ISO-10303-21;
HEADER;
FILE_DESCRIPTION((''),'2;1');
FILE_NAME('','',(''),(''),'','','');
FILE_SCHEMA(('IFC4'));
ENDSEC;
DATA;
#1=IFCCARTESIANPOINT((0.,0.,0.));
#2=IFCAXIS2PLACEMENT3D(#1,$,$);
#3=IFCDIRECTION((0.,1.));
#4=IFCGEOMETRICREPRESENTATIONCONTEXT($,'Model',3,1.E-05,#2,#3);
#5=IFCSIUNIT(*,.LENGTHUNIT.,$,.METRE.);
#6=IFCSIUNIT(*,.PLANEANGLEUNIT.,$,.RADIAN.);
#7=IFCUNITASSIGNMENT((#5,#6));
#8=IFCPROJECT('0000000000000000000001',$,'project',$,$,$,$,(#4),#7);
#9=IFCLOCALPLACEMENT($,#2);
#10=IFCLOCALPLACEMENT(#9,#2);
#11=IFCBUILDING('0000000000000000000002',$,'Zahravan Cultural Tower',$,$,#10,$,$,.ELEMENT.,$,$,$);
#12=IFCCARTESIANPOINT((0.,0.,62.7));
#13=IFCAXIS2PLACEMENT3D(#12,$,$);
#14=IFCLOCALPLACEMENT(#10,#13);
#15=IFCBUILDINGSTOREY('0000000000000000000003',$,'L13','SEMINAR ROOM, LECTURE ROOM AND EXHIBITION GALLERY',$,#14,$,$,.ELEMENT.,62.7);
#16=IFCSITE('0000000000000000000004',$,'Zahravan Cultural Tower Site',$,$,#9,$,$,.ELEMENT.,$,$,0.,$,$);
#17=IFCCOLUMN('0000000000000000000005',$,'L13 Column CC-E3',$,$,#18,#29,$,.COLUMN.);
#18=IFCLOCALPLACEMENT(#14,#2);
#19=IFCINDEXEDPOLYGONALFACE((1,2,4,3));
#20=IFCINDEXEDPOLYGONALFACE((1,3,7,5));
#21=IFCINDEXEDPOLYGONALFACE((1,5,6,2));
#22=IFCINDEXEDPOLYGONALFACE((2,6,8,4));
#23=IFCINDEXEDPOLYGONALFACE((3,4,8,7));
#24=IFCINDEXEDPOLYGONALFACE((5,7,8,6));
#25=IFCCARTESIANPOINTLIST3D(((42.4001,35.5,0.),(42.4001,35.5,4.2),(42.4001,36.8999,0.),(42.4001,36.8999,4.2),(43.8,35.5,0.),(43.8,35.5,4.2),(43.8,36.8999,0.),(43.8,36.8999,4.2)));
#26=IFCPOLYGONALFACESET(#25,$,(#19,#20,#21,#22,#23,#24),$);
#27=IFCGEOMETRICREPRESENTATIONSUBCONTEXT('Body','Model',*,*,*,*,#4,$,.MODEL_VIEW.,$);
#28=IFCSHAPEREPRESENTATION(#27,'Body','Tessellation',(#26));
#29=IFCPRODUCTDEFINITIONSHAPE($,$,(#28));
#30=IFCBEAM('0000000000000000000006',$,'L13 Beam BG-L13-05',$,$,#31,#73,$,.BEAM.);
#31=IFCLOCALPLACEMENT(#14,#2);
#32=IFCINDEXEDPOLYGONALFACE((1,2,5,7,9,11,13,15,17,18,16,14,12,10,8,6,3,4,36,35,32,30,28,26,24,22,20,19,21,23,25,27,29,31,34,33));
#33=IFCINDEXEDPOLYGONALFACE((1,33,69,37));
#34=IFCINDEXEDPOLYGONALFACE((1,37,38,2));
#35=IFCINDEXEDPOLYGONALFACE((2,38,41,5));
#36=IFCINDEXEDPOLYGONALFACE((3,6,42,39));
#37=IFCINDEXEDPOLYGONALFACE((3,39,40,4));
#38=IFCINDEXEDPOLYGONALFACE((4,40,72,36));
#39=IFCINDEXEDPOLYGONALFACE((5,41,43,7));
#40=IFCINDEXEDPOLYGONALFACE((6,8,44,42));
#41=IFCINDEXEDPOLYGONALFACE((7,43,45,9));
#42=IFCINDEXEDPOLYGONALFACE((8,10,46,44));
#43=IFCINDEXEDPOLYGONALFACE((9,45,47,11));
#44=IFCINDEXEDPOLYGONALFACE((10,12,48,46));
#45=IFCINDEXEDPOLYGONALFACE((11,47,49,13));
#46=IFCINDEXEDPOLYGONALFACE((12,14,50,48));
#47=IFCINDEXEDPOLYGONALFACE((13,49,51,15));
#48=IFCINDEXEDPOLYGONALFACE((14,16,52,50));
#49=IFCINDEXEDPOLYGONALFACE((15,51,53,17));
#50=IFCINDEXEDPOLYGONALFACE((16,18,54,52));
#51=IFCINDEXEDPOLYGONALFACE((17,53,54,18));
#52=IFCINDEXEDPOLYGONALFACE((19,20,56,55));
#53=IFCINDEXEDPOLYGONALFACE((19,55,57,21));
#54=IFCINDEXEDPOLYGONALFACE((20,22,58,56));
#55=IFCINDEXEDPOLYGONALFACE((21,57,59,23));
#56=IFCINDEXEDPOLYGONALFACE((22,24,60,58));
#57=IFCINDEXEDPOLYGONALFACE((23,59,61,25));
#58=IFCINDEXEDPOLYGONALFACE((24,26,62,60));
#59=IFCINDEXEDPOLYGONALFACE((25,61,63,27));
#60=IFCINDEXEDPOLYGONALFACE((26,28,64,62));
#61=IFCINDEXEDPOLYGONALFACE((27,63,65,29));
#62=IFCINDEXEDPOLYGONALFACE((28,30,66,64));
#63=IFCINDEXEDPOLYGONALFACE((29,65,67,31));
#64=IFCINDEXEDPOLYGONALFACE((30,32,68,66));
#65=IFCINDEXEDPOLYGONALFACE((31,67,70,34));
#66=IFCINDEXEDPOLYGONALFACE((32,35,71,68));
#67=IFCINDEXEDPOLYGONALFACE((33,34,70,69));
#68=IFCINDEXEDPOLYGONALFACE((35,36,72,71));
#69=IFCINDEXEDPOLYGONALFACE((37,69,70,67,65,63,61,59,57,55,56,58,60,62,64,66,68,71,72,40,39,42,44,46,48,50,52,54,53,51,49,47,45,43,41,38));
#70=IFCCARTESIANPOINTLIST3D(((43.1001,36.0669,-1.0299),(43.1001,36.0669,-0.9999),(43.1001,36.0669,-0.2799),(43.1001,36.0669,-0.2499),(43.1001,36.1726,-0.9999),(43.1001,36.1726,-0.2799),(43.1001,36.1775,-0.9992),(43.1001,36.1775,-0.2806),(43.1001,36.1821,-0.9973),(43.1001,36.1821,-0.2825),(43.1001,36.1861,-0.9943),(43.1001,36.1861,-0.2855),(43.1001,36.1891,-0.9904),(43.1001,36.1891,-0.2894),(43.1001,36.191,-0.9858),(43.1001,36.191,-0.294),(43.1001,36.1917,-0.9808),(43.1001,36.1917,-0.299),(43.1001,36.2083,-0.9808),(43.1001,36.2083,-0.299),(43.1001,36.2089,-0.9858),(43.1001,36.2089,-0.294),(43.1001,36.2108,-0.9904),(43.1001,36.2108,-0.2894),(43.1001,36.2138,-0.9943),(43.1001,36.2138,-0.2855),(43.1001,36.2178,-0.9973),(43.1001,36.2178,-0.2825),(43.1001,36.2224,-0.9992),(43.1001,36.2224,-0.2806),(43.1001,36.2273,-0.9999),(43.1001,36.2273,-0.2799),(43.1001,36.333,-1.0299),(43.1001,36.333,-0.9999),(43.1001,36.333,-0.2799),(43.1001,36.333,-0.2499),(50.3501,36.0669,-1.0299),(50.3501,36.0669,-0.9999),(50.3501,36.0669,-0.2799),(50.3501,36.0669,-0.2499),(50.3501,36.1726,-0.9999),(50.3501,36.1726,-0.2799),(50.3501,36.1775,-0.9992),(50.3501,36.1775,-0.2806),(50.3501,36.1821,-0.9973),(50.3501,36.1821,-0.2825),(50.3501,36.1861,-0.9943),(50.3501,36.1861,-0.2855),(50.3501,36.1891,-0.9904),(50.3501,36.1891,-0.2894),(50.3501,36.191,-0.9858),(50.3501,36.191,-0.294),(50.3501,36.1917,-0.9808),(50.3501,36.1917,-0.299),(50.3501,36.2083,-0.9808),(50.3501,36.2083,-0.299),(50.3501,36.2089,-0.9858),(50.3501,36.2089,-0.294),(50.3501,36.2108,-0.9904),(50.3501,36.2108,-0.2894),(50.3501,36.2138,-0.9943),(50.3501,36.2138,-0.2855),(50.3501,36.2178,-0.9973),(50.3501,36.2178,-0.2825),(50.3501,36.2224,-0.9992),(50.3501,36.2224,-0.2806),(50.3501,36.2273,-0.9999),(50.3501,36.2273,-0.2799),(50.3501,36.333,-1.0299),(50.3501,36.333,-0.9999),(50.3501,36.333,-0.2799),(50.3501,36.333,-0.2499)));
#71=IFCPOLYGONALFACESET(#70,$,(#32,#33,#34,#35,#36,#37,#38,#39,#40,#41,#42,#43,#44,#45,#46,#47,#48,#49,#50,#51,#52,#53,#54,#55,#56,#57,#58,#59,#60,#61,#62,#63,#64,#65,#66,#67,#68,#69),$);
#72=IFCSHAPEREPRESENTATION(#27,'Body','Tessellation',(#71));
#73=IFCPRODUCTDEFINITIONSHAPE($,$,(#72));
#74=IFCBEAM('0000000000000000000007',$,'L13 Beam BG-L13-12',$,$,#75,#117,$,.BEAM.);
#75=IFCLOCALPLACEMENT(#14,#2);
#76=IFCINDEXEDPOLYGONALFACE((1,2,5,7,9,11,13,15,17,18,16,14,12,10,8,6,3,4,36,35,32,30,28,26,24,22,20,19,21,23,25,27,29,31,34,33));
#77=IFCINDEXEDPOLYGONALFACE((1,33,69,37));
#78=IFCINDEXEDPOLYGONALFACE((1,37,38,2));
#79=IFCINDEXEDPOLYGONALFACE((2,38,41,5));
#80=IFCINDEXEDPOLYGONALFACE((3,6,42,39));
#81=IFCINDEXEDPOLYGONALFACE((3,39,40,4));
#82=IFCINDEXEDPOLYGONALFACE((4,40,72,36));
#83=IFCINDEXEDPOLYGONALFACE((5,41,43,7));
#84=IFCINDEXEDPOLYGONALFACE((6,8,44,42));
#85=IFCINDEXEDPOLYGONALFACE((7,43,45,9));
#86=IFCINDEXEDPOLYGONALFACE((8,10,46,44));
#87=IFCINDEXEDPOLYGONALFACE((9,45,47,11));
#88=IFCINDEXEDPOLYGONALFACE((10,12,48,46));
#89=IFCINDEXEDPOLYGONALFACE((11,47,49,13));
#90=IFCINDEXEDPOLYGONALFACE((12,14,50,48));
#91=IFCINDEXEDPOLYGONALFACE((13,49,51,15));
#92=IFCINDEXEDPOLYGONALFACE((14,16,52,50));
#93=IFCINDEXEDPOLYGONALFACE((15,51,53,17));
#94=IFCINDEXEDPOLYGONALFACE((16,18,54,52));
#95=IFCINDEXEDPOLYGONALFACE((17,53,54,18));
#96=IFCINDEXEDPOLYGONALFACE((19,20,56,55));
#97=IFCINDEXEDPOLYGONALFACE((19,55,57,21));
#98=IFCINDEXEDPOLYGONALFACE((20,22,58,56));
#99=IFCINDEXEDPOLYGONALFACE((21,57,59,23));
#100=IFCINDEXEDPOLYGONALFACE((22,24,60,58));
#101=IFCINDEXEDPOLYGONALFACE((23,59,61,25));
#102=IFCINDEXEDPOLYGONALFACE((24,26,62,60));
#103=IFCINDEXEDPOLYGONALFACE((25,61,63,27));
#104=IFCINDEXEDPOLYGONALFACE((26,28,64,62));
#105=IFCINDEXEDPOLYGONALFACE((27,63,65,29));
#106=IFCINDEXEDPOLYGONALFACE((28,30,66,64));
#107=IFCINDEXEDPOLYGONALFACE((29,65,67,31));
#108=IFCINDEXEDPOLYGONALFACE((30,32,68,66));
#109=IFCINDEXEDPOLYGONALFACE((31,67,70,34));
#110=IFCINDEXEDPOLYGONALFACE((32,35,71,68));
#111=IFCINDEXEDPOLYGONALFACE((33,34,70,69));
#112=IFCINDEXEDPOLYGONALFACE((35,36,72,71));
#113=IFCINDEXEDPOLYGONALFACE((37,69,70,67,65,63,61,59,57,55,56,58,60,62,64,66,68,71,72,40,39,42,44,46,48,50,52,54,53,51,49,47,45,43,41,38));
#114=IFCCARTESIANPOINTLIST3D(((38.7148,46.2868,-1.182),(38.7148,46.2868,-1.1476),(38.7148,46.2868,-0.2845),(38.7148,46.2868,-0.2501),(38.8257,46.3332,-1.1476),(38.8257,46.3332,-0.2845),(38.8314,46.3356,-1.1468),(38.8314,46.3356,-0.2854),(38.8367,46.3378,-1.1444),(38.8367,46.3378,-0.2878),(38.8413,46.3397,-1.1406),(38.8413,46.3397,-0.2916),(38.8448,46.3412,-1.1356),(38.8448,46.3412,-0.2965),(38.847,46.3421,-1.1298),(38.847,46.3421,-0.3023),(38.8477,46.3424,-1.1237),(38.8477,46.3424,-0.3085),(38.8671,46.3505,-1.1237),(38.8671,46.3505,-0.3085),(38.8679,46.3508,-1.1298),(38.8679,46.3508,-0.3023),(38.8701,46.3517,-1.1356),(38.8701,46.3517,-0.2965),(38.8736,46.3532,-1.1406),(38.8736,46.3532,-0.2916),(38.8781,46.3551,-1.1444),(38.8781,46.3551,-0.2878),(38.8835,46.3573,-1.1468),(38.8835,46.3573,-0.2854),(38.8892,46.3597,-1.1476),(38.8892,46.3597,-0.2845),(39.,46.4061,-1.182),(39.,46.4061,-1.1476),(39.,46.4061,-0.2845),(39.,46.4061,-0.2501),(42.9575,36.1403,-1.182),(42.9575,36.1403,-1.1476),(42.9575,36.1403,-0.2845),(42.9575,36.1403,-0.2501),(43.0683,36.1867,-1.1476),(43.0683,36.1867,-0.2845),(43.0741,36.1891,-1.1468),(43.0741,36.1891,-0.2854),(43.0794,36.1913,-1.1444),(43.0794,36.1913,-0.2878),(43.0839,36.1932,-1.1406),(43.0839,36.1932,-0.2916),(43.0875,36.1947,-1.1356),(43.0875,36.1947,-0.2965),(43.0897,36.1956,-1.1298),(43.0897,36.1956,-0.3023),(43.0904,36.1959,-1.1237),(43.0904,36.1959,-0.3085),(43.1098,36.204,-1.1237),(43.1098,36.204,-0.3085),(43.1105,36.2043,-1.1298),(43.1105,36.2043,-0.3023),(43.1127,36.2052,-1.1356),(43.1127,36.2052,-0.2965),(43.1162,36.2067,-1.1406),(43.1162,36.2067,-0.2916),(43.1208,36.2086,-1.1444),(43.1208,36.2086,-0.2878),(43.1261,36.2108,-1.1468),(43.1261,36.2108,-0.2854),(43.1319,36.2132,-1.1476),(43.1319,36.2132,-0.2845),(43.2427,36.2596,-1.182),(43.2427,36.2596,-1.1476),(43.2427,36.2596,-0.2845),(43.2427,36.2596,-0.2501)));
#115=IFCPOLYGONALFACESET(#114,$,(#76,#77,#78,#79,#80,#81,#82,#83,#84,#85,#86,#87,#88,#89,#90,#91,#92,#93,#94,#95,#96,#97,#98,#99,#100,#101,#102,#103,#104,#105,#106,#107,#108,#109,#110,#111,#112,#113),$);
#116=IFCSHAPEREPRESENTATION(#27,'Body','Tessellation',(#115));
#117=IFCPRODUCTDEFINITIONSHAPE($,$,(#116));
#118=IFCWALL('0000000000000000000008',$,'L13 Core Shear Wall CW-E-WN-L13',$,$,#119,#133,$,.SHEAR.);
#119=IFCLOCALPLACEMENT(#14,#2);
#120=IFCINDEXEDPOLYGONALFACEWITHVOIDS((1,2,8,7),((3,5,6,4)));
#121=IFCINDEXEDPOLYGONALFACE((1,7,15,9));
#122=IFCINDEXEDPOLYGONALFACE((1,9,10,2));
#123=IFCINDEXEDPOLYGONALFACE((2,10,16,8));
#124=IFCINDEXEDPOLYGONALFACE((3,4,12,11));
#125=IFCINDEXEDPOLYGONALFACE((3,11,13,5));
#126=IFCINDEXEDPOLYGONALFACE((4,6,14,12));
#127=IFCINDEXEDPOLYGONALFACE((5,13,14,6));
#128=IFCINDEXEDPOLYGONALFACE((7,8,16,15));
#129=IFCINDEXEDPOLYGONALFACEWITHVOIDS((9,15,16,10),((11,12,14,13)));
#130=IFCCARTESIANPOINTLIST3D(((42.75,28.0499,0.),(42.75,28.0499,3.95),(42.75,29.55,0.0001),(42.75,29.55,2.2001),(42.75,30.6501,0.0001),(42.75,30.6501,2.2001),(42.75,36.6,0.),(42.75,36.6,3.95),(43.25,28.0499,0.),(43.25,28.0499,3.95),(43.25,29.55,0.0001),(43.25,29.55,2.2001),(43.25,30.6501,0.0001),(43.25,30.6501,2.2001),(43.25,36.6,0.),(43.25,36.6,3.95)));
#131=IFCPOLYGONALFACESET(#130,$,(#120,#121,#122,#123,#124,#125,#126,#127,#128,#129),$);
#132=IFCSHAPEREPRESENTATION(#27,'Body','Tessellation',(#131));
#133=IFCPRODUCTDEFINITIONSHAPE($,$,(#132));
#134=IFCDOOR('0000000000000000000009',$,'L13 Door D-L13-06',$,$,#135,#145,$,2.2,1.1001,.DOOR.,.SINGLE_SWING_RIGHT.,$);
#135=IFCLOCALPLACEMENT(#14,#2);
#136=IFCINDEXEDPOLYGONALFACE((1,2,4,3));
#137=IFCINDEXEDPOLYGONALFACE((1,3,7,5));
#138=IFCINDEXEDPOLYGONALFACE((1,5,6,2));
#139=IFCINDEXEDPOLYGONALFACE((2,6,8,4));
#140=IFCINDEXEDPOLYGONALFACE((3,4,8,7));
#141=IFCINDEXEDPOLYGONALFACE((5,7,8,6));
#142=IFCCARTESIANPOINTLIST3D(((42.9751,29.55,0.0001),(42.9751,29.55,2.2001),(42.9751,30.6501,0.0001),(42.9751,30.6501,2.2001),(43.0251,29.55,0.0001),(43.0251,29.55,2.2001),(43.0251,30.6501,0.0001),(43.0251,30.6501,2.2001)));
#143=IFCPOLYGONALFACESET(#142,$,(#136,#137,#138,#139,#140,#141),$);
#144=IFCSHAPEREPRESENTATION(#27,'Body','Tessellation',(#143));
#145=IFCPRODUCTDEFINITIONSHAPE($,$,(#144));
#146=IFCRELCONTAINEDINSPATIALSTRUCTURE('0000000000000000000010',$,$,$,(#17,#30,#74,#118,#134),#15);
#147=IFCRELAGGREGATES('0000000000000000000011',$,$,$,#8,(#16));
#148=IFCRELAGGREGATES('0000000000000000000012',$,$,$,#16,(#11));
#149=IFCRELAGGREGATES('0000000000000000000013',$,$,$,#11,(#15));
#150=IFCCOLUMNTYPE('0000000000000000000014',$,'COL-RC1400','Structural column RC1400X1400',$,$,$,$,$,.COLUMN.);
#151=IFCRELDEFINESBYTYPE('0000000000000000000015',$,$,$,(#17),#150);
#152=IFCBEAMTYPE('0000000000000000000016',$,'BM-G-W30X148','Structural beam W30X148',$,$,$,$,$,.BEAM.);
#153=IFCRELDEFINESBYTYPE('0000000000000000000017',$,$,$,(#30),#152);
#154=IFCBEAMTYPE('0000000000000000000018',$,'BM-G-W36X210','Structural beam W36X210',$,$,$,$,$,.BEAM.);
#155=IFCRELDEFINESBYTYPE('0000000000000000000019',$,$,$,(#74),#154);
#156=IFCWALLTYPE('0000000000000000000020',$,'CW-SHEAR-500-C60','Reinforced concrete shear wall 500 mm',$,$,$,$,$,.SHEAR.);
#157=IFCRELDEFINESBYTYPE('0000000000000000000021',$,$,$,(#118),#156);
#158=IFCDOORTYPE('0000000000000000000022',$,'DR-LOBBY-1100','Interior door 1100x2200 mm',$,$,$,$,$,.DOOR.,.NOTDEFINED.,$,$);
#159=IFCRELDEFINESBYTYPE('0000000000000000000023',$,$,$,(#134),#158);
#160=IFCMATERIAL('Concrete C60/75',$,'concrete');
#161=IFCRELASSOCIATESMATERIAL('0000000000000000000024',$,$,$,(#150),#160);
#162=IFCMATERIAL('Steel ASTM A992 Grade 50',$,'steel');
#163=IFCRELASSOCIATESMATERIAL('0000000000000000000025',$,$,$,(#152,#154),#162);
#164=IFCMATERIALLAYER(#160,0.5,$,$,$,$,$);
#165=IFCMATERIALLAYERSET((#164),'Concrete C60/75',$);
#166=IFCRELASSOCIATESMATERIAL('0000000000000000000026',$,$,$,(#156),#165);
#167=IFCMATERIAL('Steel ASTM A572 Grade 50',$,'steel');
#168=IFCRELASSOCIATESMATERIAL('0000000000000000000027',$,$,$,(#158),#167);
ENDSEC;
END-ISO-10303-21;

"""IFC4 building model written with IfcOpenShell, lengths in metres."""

from ifc_helpers import new_model, si_unit, direction, frame, frame_2d, origin, origin_2d, place, context, subcontext, project, spatial, rectangle, i_section, extrude, source, transform, mapped, material, layer, layer_set, material_profile, profile_set, type_object, element, fill, save


model = new_model("IFC4")

# Units and contexts
model_context = context("Model", 3, precision=1e-05, world=origin(), true_north=direction((0.0, 1.0)))
body_context = subcontext(model_context, "Body", "Model", "MODEL_VIEW")
ifc_project = project(units=[si_unit("LENGTHUNIT", "METRE"), si_unit("PLANEANGLEUNIT", "RADIAN")], contexts=[model_context])

# Site, building, storey
site_placement = place(None, origin())
site = spatial("IfcSite", under=ifc_project, at=site_placement, Name="Zahravan Cultural Tower Site", CompositionType="ELEMENT", RefElevation=0.0)
building_placement = place(site_placement, origin())
building = spatial("IfcBuilding", under=site, at=building_placement, Name="Zahravan Cultural Tower", CompositionType="ELEMENT")
storey_placement = place(building_placement, frame((0.0, 0.0, 62.7)))
storey = spatial("IfcBuildingStorey", under=building, at=storey_placement, Name="L13", Description="SEMINAR ROOM, LECTURE ROOM AND EXHIBITION GALLERY", CompositionType="ELEMENT", Elevation=62.7)

# Column
ifc_material_1 = material(Name="Concrete C60/75", Category="concrete")
ifc_material_profile_1 = material_profile(ifc_material_1, rectangle(XDim=1.3999, YDim=1.3999, at=origin_2d()), Name="RC1400X1400")
ifc_profile_set_1 = profile_set([ifc_material_profile_1], Name="Concrete C60/75")
column_type = type_object("IfcColumnType", Name="COL-RC1400", Description="Structural column RC1400X1400", PredefinedType="COLUMN", material=ifc_profile_set_1)
shared_shape_1 = source(origin(), body_context, "Body", "SweptSolid", [
    extrude(rectangle(XDim=1.3999, YDim=1.3999, at=origin_2d()), origin(), (0.0, 0.0, 1.0), 4.2),
])
column_placement = place(storey_placement, frame((43.1001, 36.2, 0.0), z_axis=(0.0, 0.0, 1.0), x_axis=(1.0, 0.0, 0.0)))
element("IfcColumn", 1, at=column_placement, inside=storey, type_object=column_type, Name="L13 Column CC-E3", PredefinedType="COLUMN", context=body_context, shape_type="MappedRepresentation", body=[
    mapped(shared_shape_1, transform((0.0, 0.0, 0.0), x_axis=(1.0, 0.0, 0.0), y_axis=(0.0, 1.0, 0.0), z_axis=(0.0, 0.0, 1.0), scale=1.0)),
])

# Beams
ifc_material_2 = material(Name="Steel ASTM A992 Grade 50", Category="steel")
ifc_material_profile_2 = material_profile(ifc_material_2, i_section(OverallWidth=0.2661, OverallDepth=0.78, WebThickness=0.0166, FlangeThickness=0.03, FilletRadius=0.019, at=origin_2d()), Name="W30X148")
ifc_profile_set_2 = profile_set([ifc_material_profile_2], Name="Steel ASTM A992 Grade 50")
beam_type_1 = type_object("IfcBeamType", Name="BM-G-W30X148", Description="Structural beam W30X148", PredefinedType="BEAM", material=ifc_profile_set_2)
shared_shape_2 = source(origin(), body_context, "Body", "SweptSolid", [
    extrude(i_section(OverallWidth=0.2661, OverallDepth=0.78, WebThickness=0.0166, FlangeThickness=0.03, FilletRadius=0.019, at=origin_2d()), origin(), (0.0, 0.0, 1.0), 7.25),
])
beam_1_placement = place(storey_placement, frame((43.1001, 36.2, -0.6399), z_axis=(1.0, 0.0, 0.0), x_axis=(0.0, 1.0, 0.0)))
element("IfcBeam", 2, at=beam_1_placement, inside=storey, type_object=beam_type_1, Name="L13 Beam BG-L13-05", PredefinedType="BEAM", context=body_context, shape_type="MappedRepresentation", body=[
    mapped(shared_shape_2, transform((0.0, 0.0, 0.0), x_axis=(1.0, 0.0, 0.0), y_axis=(0.0, 1.0, 0.0), z_axis=(0.0, 0.0, 1.0), scale=1.0)),
])
ifc_material_profile_3 = material_profile(ifc_material_2, i_section(OverallWidth=0.3091, OverallDepth=0.9319, WebThickness=0.021, FlangeThickness=0.0344, FilletRadius=0.0239, at=origin_2d()), Name="W36X210")
ifc_profile_set_3 = profile_set([ifc_material_profile_3], Name="Steel ASTM A992 Grade 50")
beam_type_2 = type_object("IfcBeamType", Name="BM-G-W36X210", Description="Structural beam W36X210", PredefinedType="BEAM", material=ifc_profile_set_3)
shared_shape_3 = source(origin(), body_context, "Body", "SweptSolid", [
    extrude(i_section(OverallWidth=0.3091, OverallDepth=0.9319, WebThickness=0.021, FlangeThickness=0.0344, FilletRadius=0.0239, at=origin_2d()), origin(), (0.0, 0.0, 1.0), 10.9978),
])
beam_2_placement = place(storey_placement, frame((43.1001, 36.2, -0.7161), z_axis=(-0.385775, 0.922593, 0.0), x_axis=(-0.922593, -0.385775, 0.0)))
element("IfcBeam", 3, at=beam_2_placement, inside=storey, type_object=beam_type_2, Name="L13 Beam BG-L13-12", PredefinedType="BEAM", context=body_context, shape_type="MappedRepresentation", body=[
    mapped(shared_shape_3, transform((0.0, 0.0, 0.0), x_axis=(1.0, 0.0, 0.0), y_axis=(0.0, 1.0, 0.0), z_axis=(0.0, 0.0, 1.0), scale=1.0)),
])

# Wall, opening, door
ifc_layer_1 = layer(ifc_material_1, 0.5)
ifc_layer_set_1 = layer_set([ifc_layer_1], Name="Concrete C60/75")
wall_type_1 = type_object("IfcWallType", Name="CW-SHEAR-500-C60", Description="Reinforced concrete shear wall 500 mm", PredefinedType="SHEAR", material=ifc_layer_set_1)
wall_1_placement = place(storey_placement, frame((43.0, 28.05, 0.0), z_axis=(0.0, 0.0, 1.0), x_axis=(0.0, 1.0, 0.0)))
wall_1 = element("IfcWall", 4, at=wall_1_placement, inside=storey, type_object=wall_type_1, Name="L13 Core Shear Wall CW-E-WN-L13", PredefinedType="SHEAR", context=body_context, shape_type="SweptSolid", body=[
    extrude(rectangle(XDim=8.55, YDim=0.5, at=frame_2d((4.2749, 0.0))), origin(), (0.0, 0.0, 1.0), 3.95),
])
opening_1_placement = place(wall_1_placement, frame((1.5, 0.0, 0.0)))
opening_1 = element("IfcOpeningElement", 5, at=opening_1_placement, cuts=wall_1, PredefinedType="OPENING", context=body_context, shape_type="SweptSolid", body=[
    extrude(rectangle(XDim=1.1001, YDim=2.2, at=frame_2d((0.55, 1.1001))), frame((0.0, 0.26, 0.0), z_axis=(0.0, -1.0, 0.0), x_axis=(1.0, 0.0, 0.0)), (0.0, 0.0, 1.0), 0.52),
])
ifc_material_3 = material(Name="Steel ASTM A572 Grade 50", Category="steel")
door_type_1 = type_object("IfcDoorType", Name="DR-LOBBY-1100", Description="Interior door 1100x2200 mm", OperationType="NOTDEFINED", PredefinedType="DOOR", material=ifc_material_3)
shared_shape_4 = source(origin(), body_context, "Body", "SweptSolid", [
    extrude(rectangle(XDim=1.1001, YDim=2.2, at=frame_2d((0.55, 1.1001))), frame((0.0, 0.0249, 0.0), z_axis=(0.0, -1.0, 0.0), x_axis=(1.0, 0.0, 0.0)), (0.0, 0.0, 1.0), 0.05),
])
door_1_placement = place(opening_1_placement, origin())
door_1 = element("IfcDoor", 6, at=door_1_placement, inside=storey, type_object=door_type_1, Name="L13 Door D-L13-06", OperationType="SINGLE_SWING_RIGHT", OverallHeight=2.2, OverallWidth=1.1001, PredefinedType="DOOR", context=body_context, shape_type="MappedRepresentation", body=[
    mapped(shared_shape_4, transform((0.0, 0.0, 0.0), x_axis=(1.0, 0.0, 0.0), y_axis=(0.0, 1.0, 0.0), z_axis=(0.0, 0.0, 1.0), scale=1.0)),
])
fill(opening_1, door_1)

save(model, "model.ifc")
